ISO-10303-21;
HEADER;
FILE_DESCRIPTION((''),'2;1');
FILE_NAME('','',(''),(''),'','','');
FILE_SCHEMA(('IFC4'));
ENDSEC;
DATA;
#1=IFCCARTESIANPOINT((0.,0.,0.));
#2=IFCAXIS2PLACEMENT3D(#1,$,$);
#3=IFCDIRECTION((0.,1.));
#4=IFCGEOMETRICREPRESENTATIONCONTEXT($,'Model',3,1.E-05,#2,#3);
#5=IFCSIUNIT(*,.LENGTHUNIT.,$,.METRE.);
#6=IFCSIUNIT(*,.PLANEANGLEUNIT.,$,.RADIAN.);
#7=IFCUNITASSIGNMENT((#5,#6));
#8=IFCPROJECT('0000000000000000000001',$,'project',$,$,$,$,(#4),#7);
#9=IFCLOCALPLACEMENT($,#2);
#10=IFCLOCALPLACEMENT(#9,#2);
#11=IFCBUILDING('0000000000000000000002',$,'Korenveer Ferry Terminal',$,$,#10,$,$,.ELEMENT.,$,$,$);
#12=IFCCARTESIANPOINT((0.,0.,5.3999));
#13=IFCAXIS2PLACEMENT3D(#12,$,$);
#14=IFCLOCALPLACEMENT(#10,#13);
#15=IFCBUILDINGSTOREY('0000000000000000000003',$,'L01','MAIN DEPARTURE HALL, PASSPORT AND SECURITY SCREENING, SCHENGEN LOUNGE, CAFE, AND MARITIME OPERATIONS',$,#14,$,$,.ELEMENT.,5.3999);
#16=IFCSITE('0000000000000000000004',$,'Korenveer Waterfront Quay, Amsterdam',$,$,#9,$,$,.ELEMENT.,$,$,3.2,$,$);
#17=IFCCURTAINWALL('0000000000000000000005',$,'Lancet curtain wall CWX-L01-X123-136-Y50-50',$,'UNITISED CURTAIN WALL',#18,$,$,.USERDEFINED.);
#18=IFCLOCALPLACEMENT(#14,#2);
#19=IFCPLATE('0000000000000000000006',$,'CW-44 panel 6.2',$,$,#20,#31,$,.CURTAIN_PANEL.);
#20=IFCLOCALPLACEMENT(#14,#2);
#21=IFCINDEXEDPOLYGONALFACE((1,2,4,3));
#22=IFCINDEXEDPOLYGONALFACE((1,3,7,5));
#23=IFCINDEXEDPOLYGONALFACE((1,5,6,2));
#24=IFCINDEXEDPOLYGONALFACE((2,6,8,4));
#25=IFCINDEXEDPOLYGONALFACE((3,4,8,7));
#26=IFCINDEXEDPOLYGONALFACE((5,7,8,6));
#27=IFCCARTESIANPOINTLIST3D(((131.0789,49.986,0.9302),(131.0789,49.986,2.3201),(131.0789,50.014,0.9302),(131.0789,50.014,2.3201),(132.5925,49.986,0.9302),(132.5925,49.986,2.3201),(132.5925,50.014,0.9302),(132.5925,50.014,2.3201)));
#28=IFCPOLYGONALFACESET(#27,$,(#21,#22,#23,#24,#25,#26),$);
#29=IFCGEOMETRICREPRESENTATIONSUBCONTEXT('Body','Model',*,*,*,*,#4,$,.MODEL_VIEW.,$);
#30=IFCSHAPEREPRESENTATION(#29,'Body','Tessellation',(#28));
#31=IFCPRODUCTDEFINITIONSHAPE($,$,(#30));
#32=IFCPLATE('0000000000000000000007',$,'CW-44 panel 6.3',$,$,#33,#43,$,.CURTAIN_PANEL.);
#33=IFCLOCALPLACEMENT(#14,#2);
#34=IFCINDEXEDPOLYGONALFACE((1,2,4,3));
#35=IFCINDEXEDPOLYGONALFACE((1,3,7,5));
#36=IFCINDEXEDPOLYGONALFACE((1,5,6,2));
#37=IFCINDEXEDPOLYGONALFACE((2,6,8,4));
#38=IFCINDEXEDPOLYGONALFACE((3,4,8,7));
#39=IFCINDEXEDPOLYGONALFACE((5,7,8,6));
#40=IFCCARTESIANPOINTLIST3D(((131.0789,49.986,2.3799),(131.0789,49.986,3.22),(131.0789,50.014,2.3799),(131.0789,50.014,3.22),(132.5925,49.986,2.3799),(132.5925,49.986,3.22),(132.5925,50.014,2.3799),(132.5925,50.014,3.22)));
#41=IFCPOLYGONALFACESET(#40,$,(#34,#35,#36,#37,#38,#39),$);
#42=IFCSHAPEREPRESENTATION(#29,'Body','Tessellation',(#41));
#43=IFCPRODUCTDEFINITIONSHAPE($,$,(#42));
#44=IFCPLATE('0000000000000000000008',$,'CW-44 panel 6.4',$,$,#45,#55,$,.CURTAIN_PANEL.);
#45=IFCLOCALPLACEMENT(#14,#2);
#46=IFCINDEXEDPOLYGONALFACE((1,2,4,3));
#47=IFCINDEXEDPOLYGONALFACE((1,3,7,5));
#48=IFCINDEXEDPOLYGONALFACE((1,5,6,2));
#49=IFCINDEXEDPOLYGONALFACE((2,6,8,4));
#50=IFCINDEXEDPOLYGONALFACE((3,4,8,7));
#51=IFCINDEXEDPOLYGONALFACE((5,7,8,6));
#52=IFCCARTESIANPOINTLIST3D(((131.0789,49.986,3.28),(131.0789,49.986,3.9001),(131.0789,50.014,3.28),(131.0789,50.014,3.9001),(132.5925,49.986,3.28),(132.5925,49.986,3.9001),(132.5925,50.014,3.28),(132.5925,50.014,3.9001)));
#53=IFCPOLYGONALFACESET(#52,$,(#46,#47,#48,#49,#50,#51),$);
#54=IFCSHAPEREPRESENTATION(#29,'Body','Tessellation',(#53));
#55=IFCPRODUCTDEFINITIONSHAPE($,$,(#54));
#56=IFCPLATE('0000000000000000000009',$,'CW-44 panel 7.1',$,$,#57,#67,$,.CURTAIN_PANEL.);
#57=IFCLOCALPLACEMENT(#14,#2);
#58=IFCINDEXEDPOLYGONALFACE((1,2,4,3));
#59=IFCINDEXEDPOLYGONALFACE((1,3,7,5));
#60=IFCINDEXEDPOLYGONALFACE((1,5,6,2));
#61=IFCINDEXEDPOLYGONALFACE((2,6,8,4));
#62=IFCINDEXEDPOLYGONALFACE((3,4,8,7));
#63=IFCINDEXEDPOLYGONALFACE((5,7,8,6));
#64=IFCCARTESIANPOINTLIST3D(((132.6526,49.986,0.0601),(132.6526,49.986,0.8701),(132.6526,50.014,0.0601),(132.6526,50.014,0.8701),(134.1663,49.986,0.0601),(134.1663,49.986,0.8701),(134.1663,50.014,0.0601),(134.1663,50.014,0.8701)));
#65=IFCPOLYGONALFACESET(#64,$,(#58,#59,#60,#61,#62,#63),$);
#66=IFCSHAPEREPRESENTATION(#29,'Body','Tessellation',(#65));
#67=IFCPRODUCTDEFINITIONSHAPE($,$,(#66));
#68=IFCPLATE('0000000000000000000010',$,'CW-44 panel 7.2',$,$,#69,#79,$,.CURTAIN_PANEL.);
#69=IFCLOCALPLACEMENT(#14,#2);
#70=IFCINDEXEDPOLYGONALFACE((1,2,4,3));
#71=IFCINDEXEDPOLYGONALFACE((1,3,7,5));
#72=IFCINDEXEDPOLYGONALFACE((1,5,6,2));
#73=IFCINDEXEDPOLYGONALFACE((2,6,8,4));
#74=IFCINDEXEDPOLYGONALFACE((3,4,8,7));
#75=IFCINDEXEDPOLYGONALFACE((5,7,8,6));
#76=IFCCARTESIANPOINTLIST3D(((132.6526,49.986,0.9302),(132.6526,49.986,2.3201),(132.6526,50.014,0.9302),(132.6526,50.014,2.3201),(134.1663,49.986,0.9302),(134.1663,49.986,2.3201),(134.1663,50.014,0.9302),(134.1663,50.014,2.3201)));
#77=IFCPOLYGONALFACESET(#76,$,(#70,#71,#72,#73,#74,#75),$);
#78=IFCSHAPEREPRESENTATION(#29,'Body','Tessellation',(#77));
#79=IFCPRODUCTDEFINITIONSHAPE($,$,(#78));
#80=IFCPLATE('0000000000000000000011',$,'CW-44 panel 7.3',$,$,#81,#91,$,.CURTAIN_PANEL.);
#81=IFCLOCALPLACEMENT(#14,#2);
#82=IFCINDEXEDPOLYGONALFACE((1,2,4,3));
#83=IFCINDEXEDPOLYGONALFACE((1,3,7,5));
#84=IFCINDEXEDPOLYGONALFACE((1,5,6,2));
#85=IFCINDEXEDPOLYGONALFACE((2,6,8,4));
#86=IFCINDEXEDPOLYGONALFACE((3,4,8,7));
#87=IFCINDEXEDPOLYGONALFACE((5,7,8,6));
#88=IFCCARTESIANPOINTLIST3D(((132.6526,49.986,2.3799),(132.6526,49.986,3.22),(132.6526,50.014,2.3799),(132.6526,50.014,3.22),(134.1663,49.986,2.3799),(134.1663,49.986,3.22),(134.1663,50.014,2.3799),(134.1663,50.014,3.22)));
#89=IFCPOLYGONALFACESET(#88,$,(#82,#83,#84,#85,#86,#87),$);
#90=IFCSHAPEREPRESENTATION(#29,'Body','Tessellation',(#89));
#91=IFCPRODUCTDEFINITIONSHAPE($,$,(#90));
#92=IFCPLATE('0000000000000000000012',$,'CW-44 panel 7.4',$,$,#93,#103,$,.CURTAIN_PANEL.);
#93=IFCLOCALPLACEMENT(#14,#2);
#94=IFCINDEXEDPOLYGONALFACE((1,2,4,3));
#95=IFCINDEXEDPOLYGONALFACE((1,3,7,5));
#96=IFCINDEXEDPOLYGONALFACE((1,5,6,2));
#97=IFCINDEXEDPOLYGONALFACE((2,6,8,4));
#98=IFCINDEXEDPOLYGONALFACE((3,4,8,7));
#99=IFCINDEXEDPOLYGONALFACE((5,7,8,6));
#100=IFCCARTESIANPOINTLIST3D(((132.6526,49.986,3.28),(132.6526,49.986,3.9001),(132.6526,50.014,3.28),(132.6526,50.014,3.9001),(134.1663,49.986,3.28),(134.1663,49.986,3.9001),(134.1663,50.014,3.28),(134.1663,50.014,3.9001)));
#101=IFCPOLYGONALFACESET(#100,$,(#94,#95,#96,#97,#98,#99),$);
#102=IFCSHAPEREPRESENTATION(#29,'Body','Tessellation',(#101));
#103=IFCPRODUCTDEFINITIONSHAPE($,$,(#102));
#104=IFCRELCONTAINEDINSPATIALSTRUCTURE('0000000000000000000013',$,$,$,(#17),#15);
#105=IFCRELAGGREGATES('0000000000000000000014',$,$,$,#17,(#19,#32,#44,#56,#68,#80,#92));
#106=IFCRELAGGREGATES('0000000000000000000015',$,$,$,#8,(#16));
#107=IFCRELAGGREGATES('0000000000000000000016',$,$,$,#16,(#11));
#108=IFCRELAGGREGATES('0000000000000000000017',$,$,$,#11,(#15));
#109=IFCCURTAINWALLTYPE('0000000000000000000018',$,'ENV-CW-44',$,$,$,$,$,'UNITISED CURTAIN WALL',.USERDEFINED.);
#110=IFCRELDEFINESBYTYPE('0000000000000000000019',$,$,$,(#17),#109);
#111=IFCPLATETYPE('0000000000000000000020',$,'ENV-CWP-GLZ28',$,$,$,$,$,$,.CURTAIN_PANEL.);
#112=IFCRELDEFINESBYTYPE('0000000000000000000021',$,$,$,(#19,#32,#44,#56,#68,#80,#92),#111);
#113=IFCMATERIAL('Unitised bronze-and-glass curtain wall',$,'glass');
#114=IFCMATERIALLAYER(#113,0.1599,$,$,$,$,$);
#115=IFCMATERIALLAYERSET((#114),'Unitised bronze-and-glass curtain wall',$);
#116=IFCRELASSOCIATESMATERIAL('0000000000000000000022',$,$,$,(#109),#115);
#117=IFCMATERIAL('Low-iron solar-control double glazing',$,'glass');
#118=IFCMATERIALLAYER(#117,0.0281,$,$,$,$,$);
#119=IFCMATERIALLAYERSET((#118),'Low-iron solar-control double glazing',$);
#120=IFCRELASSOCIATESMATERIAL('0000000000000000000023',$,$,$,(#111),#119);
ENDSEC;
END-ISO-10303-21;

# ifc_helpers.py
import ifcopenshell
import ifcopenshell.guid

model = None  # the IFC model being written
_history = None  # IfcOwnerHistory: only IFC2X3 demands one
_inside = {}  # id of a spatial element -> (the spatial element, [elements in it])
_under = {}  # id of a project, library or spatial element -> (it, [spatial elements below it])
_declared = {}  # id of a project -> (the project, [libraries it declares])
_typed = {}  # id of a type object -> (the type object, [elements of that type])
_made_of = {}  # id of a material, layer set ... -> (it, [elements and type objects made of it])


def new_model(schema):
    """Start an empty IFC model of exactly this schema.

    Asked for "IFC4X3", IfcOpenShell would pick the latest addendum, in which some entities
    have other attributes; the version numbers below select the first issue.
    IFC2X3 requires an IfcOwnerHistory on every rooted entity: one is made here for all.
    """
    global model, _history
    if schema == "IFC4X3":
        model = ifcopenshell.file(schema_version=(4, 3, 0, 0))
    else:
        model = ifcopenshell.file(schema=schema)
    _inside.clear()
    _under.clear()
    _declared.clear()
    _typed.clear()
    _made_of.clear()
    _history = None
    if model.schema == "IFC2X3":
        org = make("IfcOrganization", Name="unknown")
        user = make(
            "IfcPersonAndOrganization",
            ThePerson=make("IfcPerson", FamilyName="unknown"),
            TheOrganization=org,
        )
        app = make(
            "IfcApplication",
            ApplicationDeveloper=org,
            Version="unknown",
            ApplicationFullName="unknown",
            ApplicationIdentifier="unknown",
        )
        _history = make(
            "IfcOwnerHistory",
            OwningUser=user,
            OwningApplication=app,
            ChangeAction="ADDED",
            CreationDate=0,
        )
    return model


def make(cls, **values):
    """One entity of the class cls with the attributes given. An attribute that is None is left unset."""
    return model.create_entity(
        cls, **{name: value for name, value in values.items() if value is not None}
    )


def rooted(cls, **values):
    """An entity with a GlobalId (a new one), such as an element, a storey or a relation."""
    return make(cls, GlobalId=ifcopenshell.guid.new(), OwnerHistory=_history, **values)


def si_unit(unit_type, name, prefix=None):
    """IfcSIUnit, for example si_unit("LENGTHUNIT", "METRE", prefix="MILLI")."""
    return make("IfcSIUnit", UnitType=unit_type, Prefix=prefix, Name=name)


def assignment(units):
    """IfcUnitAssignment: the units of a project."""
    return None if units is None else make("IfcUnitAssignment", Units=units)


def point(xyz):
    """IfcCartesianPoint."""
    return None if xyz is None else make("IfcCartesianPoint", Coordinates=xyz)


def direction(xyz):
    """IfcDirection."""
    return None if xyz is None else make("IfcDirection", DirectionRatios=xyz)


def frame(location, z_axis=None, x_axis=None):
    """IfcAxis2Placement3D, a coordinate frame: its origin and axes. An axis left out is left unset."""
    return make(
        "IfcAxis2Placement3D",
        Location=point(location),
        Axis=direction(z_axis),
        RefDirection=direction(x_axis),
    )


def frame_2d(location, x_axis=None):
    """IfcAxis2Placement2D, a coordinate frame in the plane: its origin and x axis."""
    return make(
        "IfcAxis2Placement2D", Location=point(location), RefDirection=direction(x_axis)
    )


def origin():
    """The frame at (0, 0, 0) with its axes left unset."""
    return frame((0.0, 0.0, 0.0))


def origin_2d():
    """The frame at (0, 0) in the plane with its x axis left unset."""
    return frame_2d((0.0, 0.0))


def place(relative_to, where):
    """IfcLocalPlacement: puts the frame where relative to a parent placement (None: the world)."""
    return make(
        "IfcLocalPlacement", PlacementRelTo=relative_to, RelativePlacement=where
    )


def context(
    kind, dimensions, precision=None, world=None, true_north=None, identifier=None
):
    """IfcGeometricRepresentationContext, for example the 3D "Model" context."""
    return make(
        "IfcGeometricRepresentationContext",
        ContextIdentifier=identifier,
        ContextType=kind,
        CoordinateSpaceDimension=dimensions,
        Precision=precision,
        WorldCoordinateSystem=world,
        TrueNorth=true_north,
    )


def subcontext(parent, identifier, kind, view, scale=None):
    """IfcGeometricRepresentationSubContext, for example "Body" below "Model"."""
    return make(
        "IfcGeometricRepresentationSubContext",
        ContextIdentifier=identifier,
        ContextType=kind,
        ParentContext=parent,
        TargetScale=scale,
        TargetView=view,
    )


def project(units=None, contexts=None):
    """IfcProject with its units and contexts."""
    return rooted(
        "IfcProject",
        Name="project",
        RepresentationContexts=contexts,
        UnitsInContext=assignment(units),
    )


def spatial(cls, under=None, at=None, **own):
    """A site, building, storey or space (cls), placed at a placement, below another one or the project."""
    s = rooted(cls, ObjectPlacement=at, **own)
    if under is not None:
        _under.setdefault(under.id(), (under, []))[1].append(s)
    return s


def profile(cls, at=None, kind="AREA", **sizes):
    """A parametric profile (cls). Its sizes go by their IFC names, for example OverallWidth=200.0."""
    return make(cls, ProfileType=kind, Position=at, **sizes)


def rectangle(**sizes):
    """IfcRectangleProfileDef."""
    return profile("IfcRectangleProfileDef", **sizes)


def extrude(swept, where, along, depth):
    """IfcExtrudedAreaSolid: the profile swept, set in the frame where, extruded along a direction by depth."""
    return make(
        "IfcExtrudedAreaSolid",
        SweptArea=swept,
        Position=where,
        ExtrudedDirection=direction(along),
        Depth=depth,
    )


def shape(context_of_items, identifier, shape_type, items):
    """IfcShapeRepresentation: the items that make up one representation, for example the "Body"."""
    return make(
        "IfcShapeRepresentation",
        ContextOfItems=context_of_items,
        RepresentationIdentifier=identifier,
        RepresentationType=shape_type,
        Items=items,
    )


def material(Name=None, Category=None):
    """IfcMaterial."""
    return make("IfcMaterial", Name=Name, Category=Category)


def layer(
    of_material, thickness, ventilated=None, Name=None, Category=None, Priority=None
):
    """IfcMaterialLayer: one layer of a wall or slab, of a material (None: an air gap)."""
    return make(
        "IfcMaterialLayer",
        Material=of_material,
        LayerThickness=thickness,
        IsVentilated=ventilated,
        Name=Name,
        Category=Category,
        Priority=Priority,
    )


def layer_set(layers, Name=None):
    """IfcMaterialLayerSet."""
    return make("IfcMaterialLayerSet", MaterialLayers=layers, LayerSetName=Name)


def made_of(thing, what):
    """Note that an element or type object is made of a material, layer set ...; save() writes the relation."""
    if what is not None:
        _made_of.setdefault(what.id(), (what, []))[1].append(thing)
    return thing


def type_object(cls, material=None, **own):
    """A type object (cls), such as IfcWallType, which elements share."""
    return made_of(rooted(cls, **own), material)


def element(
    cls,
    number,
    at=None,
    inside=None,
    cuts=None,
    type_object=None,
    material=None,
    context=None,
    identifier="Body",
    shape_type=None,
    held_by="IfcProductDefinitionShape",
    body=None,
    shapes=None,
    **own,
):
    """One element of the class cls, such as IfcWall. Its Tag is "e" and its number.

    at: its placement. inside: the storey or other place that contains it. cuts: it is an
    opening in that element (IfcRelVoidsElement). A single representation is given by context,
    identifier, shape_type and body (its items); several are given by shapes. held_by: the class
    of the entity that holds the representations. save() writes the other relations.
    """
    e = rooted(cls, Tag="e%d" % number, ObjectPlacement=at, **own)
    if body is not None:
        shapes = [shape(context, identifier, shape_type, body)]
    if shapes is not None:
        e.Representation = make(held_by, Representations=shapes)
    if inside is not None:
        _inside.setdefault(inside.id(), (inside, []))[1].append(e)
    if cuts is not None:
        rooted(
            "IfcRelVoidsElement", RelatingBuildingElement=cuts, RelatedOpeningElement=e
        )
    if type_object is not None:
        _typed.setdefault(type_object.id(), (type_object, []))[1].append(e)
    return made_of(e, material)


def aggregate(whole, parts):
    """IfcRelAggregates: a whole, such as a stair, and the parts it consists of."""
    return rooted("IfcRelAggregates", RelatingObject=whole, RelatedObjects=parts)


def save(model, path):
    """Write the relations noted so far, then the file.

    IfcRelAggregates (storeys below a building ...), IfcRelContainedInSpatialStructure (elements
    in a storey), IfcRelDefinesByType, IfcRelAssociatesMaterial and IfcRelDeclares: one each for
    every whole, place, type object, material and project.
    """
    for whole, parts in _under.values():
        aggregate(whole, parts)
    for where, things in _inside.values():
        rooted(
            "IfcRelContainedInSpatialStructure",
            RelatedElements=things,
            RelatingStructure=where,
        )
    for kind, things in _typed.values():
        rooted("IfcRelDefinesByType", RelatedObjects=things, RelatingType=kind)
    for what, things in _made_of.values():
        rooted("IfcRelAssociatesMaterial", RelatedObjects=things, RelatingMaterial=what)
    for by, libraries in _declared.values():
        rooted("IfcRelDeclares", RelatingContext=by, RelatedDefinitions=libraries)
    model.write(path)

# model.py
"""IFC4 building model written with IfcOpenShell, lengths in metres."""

from ifc_helpers import new_model, si_unit, direction, frame, origin, origin_2d, place, context, subcontext, project, spatial, rectangle, extrude, material, layer, layer_set, type_object, element, aggregate, save


model = new_model("IFC4")

# Units and contexts
model_context = context("Model", 3, precision=1e-05, world=origin(), true_north=direction((0.0, 1.0)))
body_context = subcontext(model_context, "Body", "Model", "MODEL_VIEW")
ifc_project = project(units=[si_unit("LENGTHUNIT", "METRE"), si_unit("PLANEANGLEUNIT", "RADIAN")], contexts=[model_context])

# Site, building, storey
site_placement = place(None, origin())
site = spatial("IfcSite", under=ifc_project, at=site_placement, Name="Korenveer Waterfront Quay, Amsterdam", CompositionType="ELEMENT", RefElevation=3.2)
building_placement = place(site_placement, origin())
building = spatial("IfcBuilding", under=site, at=building_placement, Name="Korenveer Ferry Terminal", CompositionType="ELEMENT")
storey_placement = place(building_placement, frame((0.0, 0.0, 5.3999)))
storey = spatial("IfcBuildingStorey", under=building, at=storey_placement, Name="L01", Description="MAIN DEPARTURE HALL, PASSPORT AND SECURITY SCREENING, SCHENGEN LOUNGE, CAFE, AND MARITIME OPERATIONS", CompositionType="ELEMENT", Elevation=5.3999)

# Curtain wall, plates
ifc_material_1 = material(Name="Unitised bronze-and-glass curtain wall", Category="glass")
ifc_layer_1 = layer(ifc_material_1, 0.1599)
ifc_layer_set_1 = layer_set([ifc_layer_1], Name="Unitised bronze-and-glass curtain wall")
curtain_wall_type = type_object("IfcCurtainWallType", Name="ENV-CW-44", ElementType="UNITISED CURTAIN WALL", PredefinedType="USERDEFINED", material=ifc_layer_set_1)
curtain_wall_placement = place(storey_placement, frame((123.1799, 50.0, 0.0)))
curtain_wall = element("IfcCurtainWall", 1, at=curtain_wall_placement, inside=storey, type_object=curtain_wall_type, Name="Lancet curtain wall CWX-L01-X123-136-Y50-50", ObjectType="UNITISED CURTAIN WALL", PredefinedType="USERDEFINED")
ifc_material_2 = material(Name="Low-iron solar-control double glazing", Category="glass")
ifc_layer_2 = layer(ifc_material_2, 0.0281)
ifc_layer_set_2 = layer_set([ifc_layer_2], Name="Low-iron solar-control double glazing")
plate_type = type_object("IfcPlateType", Name="ENV-CWP-GLZ28", PredefinedType="CURTAIN_PANEL", material=ifc_layer_set_2)
plate_1_placement = place(storey_placement, frame((131.8357, 50.0, 0.9302), z_axis=(0.0, 0.0, 1.0), x_axis=(1.0, 0.0, 0.0)))
plate_1 = element("IfcPlate", 2, at=plate_1_placement, type_object=plate_type, Name="CW-44 panel 6.2", PredefinedType="CURTAIN_PANEL", context=body_context, shape_type="SweptSolid", body=[
    extrude(rectangle(XDim=1.5137, YDim=0.0281, at=origin_2d()), origin(), (0.0, 0.0, 1.0), 1.3899),
])
plate_2_placement = place(storey_placement, frame((131.8357, 50.0, 2.3799), z_axis=(0.0, 0.0, 1.0), x_axis=(1.0, 0.0, 0.0)))
plate_2 = element("IfcPlate", 3, at=plate_2_placement, type_object=plate_type, Name="CW-44 panel 6.3", PredefinedType="CURTAIN_PANEL", context=body_context, shape_type="SweptSolid", body=[
    extrude(rectangle(XDim=1.5137, YDim=0.0281, at=origin_2d()), origin(), (0.0, 0.0, 1.0), 0.8401),
])
plate_3_placement = place(storey_placement, frame((131.8357, 50.0, 3.28), z_axis=(0.0, 0.0, 1.0), x_axis=(1.0, 0.0, 0.0)))
plate_3 = element("IfcPlate", 4, at=plate_3_placement, type_object=plate_type, Name="CW-44 panel 6.4", PredefinedType="CURTAIN_PANEL", context=body_context, shape_type="SweptSolid", body=[
    extrude(rectangle(XDim=1.5137, YDim=0.0281, at=origin_2d()), origin(), (0.0, 0.0, 1.0), 0.6201),
])
plate_4_placement = place(storey_placement, frame((133.4094, 50.0, 0.0601), z_axis=(0.0, 0.0, 1.0), x_axis=(1.0, 0.0, 0.0)))
plate_4 = element("IfcPlate", 5, at=plate_4_placement, type_object=plate_type, Name="CW-44 panel 7.1", PredefinedType="CURTAIN_PANEL", context=body_context, shape_type="SweptSolid", body=[
    extrude(rectangle(XDim=1.5137, YDim=0.0281, at=origin_2d()), origin(), (0.0, 0.0, 1.0), 0.8101),
])
plate_5_placement = place(storey_placement, frame((133.4094, 50.0, 0.9302), z_axis=(0.0, 0.0, 1.0), x_axis=(1.0, 0.0, 0.0)))
plate_5 = element("IfcPlate", 6, at=plate_5_placement, type_object=plate_type, Name="CW-44 panel 7.2", PredefinedType="CURTAIN_PANEL", context=body_context, shape_type="SweptSolid", body=[
    extrude(rectangle(XDim=1.5137, YDim=0.0281, at=origin_2d()), origin(), (0.0, 0.0, 1.0), 1.3899),
])
plate_6_placement = place(storey_placement, frame((133.4094, 50.0, 2.3799), z_axis=(0.0, 0.0, 1.0), x_axis=(1.0, 0.0, 0.0)))
plate_6 = element("IfcPlate", 7, at=plate_6_placement, type_object=plate_type, Name="CW-44 panel 7.3", PredefinedType="CURTAIN_PANEL", context=body_context, shape_type="SweptSolid", body=[
    extrude(rectangle(XDim=1.5137, YDim=0.0281, at=origin_2d()), origin(), (0.0, 0.0, 1.0), 0.8401),
])
plate_7_placement = place(storey_placement, frame((133.4094, 50.0, 3.28), z_axis=(0.0, 0.0, 1.0), x_axis=(1.0, 0.0, 0.0)))
plate_7 = element("IfcPlate", 8, at=plate_7_placement, type_object=plate_type, Name="CW-44 panel 7.4", PredefinedType="CURTAIN_PANEL", context=body_context, shape_type="SweptSolid", body=[
    extrude(rectangle(XDim=1.5137, YDim=0.0281, at=origin_2d()), origin(), (0.0, 0.0, 1.0), 0.6201),
])
aggregate(curtain_wall, [plate_1, plate_2, plate_3, plate_4, plate_5, plate_6, plate_7])

save(model, "model.ifc")
